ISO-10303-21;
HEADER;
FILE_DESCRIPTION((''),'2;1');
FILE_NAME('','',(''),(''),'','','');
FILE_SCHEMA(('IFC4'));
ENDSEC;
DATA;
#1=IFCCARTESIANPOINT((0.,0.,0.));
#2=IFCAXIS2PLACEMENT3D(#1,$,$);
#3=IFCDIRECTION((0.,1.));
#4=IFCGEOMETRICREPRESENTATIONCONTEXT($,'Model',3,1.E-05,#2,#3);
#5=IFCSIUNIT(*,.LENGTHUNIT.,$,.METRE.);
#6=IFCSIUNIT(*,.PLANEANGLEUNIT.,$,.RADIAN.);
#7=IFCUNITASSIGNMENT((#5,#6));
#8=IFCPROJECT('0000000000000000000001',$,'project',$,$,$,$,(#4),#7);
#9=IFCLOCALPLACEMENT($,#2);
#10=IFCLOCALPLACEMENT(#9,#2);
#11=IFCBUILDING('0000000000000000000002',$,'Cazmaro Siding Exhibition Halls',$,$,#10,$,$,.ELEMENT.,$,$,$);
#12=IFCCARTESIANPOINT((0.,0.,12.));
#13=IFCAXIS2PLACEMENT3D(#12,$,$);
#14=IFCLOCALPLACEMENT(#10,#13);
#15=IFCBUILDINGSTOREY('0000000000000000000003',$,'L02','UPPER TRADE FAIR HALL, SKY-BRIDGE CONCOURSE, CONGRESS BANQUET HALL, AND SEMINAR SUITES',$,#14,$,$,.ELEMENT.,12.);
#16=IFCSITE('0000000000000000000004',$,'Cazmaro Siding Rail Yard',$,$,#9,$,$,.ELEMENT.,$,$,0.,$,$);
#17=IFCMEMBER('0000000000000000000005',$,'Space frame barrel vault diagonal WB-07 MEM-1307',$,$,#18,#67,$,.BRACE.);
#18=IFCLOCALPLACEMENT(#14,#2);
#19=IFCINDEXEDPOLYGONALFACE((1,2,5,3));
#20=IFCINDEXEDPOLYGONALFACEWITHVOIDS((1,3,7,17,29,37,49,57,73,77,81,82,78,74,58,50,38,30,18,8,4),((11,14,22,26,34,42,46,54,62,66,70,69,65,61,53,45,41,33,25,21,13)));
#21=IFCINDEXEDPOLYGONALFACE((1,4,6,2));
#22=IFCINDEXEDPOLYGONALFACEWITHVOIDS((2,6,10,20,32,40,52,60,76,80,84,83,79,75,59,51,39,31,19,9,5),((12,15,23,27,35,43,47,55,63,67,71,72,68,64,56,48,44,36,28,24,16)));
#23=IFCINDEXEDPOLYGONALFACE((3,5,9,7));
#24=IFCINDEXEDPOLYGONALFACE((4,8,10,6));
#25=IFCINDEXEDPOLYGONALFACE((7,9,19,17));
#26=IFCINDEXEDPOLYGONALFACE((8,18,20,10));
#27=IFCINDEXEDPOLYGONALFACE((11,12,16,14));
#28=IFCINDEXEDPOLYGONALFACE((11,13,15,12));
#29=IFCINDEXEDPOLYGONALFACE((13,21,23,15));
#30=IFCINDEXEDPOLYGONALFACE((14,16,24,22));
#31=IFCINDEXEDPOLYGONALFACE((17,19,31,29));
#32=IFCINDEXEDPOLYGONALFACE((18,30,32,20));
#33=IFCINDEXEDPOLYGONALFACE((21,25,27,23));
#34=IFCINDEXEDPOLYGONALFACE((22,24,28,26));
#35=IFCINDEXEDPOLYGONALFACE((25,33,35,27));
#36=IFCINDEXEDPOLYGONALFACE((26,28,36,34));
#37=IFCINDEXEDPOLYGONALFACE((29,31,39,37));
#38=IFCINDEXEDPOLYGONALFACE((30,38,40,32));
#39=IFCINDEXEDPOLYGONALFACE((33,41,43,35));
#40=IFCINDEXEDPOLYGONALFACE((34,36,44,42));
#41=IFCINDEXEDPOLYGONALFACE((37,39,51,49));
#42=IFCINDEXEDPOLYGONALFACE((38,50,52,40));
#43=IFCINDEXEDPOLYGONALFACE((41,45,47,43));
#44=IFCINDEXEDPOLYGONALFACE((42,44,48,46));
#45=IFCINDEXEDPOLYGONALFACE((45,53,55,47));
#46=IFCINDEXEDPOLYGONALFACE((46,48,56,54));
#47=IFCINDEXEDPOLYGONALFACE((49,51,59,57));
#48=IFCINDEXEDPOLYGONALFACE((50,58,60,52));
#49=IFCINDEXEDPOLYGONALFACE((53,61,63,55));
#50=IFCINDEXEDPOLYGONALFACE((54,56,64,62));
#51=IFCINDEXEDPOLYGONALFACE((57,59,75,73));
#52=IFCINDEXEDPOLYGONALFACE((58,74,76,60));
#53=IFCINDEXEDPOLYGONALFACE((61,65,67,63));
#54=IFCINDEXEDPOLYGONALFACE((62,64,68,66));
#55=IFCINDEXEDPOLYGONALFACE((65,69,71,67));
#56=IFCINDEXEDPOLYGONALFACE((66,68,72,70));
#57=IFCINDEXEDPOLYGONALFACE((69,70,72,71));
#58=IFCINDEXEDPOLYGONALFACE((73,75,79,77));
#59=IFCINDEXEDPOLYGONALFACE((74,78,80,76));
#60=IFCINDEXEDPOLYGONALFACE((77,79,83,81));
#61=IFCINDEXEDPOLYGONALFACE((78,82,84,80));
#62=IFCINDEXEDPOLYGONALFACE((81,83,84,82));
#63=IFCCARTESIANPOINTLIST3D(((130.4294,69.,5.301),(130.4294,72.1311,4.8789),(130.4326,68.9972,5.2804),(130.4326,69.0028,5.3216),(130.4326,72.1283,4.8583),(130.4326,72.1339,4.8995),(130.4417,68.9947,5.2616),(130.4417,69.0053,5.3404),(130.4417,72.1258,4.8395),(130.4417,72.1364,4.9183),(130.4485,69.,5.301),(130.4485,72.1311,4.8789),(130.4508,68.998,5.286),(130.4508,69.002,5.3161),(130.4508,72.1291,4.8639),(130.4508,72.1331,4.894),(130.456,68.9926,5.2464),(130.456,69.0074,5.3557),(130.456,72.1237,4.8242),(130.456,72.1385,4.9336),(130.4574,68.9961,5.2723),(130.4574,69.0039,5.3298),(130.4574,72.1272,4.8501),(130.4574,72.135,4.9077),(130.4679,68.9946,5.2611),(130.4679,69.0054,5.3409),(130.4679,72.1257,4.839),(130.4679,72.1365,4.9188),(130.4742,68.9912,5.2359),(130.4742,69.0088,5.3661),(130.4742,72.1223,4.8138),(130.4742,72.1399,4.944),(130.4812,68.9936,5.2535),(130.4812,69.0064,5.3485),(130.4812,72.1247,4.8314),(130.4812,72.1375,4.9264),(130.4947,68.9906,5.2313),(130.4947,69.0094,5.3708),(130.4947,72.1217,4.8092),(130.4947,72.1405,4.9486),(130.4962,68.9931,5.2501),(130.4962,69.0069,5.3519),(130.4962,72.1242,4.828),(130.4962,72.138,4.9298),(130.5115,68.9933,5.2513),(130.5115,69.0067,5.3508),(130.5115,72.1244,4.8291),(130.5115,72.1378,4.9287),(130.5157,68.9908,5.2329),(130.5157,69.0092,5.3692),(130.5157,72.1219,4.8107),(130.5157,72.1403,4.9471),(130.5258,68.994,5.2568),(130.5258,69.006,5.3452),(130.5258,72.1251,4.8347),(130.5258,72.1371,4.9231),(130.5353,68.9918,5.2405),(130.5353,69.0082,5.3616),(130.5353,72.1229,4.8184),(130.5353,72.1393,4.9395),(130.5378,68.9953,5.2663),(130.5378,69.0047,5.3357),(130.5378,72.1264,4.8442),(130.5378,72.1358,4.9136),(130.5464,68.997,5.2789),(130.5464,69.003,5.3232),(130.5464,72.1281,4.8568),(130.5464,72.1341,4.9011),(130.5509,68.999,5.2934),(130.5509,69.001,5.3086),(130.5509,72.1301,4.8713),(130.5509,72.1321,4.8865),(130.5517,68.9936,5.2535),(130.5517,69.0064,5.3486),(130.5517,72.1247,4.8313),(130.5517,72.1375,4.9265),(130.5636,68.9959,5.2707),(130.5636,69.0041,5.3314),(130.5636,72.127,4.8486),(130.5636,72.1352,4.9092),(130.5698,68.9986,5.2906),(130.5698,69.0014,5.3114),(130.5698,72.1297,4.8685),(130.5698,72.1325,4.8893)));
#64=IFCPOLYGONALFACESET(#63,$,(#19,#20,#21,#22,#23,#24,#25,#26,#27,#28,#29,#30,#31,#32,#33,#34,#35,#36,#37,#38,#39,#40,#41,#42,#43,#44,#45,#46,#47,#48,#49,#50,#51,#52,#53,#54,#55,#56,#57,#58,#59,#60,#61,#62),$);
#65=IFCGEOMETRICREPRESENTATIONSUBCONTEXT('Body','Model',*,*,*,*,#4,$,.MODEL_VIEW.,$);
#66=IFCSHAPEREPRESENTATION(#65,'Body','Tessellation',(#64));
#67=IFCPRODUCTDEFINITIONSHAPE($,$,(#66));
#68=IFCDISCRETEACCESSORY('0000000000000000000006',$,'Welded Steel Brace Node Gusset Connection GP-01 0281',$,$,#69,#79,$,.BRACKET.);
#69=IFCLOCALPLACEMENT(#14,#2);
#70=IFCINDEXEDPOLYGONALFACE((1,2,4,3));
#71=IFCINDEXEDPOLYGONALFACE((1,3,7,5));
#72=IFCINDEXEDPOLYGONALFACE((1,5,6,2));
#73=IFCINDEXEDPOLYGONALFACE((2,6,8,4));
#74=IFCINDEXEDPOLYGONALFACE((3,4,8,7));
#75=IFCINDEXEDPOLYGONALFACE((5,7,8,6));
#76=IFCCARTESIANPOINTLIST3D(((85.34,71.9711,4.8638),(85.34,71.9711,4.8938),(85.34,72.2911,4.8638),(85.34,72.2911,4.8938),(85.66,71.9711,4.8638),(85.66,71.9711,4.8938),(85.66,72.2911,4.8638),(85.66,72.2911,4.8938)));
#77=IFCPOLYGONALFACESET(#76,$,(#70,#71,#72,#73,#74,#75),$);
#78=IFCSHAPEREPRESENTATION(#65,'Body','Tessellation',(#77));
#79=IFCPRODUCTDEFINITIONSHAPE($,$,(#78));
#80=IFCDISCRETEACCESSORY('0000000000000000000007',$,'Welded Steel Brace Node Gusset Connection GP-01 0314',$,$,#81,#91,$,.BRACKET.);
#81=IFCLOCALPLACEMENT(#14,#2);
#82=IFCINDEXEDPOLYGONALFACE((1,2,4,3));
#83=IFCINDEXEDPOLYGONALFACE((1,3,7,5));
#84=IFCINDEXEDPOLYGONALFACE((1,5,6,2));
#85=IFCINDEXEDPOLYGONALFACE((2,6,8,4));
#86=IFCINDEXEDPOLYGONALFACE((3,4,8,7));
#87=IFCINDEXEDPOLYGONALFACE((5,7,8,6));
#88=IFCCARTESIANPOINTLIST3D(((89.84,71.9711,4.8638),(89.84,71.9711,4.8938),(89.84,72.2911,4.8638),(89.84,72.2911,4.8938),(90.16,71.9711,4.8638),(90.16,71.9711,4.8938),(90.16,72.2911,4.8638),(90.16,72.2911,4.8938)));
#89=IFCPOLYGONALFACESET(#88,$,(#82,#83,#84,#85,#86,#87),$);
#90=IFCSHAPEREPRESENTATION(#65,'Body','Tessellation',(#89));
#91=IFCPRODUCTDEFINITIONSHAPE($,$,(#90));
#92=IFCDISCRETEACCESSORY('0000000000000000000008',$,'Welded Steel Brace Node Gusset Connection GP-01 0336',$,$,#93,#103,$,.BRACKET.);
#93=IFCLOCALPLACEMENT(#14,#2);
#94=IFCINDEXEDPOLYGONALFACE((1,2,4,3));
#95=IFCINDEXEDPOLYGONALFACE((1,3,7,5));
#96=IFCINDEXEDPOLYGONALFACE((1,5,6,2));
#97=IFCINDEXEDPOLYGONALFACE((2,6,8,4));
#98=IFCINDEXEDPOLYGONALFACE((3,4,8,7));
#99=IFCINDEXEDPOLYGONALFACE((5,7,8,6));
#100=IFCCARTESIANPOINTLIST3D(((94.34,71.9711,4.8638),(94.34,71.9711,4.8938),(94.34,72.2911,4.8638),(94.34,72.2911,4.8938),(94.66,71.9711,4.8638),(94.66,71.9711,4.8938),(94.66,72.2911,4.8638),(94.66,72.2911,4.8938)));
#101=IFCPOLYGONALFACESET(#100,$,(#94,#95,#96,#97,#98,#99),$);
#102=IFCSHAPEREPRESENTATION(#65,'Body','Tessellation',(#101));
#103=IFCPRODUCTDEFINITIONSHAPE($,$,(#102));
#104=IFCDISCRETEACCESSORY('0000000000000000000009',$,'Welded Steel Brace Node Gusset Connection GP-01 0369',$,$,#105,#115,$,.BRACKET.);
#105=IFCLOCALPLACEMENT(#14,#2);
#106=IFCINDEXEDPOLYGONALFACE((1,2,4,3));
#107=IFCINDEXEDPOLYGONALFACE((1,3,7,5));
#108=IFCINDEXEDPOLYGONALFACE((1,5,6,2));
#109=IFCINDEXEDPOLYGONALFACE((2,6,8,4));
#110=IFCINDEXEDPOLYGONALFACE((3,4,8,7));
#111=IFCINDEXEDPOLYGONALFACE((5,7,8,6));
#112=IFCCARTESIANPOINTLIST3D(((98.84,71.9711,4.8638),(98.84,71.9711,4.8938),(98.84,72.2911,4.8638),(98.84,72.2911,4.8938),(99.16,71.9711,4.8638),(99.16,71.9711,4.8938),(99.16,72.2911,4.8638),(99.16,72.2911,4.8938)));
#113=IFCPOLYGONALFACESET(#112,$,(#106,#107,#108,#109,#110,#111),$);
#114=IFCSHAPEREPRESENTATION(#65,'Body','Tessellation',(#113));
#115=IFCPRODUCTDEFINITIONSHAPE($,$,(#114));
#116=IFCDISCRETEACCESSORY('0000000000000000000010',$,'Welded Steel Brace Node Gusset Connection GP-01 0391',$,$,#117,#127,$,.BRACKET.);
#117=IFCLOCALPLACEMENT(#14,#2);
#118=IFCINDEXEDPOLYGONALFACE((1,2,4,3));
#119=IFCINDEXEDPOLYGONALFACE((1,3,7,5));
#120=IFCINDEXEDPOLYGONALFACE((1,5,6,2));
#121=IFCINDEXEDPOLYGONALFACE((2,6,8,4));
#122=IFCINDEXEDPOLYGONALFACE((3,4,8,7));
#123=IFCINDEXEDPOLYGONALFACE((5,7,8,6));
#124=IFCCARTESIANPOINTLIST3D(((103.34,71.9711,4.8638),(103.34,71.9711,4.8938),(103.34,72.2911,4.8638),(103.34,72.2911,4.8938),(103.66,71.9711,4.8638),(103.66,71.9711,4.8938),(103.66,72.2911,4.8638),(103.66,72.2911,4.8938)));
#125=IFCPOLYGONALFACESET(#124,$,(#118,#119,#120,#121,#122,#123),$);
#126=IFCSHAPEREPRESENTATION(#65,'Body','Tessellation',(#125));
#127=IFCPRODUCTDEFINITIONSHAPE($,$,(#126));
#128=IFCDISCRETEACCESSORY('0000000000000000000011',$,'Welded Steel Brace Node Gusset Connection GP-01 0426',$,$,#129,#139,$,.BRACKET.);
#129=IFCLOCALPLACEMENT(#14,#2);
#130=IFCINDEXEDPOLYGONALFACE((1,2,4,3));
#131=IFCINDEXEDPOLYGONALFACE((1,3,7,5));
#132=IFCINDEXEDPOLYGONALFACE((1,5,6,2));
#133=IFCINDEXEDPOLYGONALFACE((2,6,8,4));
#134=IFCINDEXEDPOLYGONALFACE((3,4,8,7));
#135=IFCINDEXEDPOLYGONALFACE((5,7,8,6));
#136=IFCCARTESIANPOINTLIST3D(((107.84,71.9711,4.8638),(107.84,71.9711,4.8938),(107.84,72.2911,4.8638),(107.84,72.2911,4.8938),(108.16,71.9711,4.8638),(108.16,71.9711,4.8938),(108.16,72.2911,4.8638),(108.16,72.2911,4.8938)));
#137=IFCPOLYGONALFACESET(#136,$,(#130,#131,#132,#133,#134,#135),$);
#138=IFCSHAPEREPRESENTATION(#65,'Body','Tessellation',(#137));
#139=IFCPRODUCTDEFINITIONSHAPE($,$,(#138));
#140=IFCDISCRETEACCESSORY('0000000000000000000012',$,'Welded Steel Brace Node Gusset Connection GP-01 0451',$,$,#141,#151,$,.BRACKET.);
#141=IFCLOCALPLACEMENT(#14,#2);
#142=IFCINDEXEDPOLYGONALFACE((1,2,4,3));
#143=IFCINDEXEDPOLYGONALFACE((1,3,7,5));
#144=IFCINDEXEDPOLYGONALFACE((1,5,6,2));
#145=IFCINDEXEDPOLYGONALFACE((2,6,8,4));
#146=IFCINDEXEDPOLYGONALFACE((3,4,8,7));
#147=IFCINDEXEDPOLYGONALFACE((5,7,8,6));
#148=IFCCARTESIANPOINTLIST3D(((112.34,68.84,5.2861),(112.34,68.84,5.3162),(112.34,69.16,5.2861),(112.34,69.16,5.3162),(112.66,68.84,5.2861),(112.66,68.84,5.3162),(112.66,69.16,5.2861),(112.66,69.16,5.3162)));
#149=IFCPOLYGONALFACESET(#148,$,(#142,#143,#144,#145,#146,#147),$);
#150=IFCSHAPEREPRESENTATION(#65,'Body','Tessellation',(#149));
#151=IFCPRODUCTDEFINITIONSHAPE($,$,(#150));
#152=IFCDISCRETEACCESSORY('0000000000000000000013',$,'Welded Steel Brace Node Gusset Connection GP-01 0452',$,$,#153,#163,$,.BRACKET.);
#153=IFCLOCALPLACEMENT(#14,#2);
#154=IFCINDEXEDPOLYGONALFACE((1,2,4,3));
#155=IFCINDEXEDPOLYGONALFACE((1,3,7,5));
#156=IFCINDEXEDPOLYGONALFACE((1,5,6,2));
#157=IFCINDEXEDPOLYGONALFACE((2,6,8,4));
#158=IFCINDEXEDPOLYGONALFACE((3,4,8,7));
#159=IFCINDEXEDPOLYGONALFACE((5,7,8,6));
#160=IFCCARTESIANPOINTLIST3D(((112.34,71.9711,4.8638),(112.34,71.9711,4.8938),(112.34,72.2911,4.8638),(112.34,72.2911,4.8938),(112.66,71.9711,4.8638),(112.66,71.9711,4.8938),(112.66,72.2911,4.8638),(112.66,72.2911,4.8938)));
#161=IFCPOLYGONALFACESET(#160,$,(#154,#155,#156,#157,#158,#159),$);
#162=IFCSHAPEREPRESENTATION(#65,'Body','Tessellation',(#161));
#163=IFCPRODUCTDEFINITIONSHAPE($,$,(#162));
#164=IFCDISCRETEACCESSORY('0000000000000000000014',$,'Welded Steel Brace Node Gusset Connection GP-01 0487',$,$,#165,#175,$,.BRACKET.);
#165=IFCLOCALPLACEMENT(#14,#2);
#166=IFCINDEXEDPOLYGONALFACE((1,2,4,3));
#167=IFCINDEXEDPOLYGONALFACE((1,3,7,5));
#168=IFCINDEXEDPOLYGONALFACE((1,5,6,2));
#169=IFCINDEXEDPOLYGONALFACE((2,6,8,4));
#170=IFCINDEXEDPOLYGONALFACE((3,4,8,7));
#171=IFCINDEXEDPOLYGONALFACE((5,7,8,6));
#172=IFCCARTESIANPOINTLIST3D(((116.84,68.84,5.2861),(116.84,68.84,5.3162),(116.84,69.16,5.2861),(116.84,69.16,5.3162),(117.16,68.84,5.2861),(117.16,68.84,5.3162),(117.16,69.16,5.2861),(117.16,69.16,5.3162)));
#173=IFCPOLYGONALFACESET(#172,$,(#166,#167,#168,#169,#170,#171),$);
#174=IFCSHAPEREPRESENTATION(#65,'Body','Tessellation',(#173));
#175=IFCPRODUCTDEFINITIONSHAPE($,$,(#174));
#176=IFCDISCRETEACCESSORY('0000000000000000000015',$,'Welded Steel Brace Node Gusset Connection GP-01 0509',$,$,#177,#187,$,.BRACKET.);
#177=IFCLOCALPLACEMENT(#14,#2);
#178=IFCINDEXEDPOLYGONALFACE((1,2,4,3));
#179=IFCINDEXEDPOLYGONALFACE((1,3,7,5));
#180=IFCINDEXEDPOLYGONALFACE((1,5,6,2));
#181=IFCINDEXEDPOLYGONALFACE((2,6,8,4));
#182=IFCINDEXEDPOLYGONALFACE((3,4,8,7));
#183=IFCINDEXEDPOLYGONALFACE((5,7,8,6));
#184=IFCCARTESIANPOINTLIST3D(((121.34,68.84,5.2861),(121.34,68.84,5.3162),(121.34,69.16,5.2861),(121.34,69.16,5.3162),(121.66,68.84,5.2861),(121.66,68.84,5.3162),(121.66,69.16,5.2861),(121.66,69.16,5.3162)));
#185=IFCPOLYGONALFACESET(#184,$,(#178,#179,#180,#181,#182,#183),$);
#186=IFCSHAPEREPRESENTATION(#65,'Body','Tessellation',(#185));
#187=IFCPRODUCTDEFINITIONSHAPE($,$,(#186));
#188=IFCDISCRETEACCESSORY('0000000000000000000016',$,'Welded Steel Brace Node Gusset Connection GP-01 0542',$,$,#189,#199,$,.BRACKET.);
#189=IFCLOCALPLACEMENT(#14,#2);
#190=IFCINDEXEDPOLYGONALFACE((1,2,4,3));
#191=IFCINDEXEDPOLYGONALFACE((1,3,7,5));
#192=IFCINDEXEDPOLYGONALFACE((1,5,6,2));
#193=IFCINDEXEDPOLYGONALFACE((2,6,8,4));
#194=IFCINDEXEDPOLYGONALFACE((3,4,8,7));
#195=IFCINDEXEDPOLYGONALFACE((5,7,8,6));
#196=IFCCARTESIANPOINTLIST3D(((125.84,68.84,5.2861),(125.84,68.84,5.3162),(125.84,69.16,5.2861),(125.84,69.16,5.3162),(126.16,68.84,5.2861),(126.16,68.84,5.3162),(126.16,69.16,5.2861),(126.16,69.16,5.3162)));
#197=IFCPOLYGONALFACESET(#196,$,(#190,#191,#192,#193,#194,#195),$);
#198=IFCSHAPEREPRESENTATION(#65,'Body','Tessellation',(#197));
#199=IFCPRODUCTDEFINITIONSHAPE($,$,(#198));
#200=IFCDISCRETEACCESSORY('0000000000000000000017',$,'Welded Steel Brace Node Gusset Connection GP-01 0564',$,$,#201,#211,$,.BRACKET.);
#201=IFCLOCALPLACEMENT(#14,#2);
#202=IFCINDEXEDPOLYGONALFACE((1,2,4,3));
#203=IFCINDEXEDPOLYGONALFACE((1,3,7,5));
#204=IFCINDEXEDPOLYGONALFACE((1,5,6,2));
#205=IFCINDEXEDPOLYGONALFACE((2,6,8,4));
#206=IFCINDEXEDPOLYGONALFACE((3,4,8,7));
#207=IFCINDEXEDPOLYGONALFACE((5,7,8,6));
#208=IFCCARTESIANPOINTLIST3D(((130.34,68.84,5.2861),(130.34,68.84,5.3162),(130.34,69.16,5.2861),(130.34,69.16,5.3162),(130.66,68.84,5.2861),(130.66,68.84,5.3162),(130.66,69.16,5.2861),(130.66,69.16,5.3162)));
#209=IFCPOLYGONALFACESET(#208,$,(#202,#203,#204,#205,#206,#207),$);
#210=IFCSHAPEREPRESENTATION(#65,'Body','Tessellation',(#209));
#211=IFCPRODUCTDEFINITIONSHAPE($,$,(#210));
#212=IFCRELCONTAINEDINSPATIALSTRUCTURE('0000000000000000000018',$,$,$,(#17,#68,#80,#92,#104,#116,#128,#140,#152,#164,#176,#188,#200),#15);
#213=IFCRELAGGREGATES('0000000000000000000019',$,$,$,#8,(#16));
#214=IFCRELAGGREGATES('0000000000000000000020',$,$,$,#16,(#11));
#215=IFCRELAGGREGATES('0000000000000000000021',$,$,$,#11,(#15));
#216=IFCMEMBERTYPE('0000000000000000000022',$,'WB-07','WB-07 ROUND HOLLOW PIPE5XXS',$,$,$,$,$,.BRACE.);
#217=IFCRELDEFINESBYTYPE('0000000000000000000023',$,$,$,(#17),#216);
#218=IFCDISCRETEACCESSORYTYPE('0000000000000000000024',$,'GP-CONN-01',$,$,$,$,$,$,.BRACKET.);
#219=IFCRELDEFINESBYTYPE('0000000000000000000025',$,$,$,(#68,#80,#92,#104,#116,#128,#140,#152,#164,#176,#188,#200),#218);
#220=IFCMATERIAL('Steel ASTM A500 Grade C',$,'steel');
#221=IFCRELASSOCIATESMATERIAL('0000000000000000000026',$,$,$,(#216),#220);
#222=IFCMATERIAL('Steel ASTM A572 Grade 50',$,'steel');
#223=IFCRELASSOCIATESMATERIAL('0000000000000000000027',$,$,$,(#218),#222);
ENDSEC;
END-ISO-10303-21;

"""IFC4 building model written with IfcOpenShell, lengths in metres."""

from ifc_helpers import new_model, si_unit, direction, frame, origin, origin_2d, place, context, subcontext, project, spatial, rectangle, hollow_circle, extrude, material, material_profile, profile_set, type_object, element, save


model = new_model("IFC4")

# Units and contexts
model_context = context("Model", 3, precision=1e-05, world=origin(), true_north=direction((0.0, 1.0)))
body_context = subcontext(model_context, "Body", "Model", "MODEL_VIEW")
ifc_project = project(units=[si_unit("LENGTHUNIT", "METRE"), si_unit("PLANEANGLEUNIT", "RADIAN")], contexts=[model_context])

# Site, building, storey
site_placement = place(None, origin())
site = spatial("IfcSite", under=ifc_project, at=site_placement, Name="Cazmaro Siding Rail Yard", CompositionType="ELEMENT", RefElevation=0.0)
building_placement = place(site_placement, origin())
building = spatial("IfcBuilding", under=site, at=building_placement, Name="Cazmaro Siding Exhibition Halls", CompositionType="ELEMENT")
storey_placement = place(building_placement, frame((0.0, 0.0, 12.0)))
storey = spatial("IfcBuildingStorey", under=building, at=storey_placement, Name="L02", Description="UPPER TRADE FAIR HALL, SKY-BRIDGE CONCOURSE, CONGRESS BANQUET HALL, AND SEMINAR SUITES", CompositionType="ELEMENT", Elevation=12.0)

# Member
ifc_material_1 = material(Name="Steel ASTM A500 Grade C", Category="steel")
ifc_material_profile_1 = material_profile(ifc_material_1, hollow_circle(Radius=0.0706, WallThickness=0.019, at=origin_2d()), Name="PIPE5XXS")
ifc_profile_set_1 = profile_set([ifc_material_profile_1], Name="Steel ASTM A500 Grade C")
member_type_1 = type_object("IfcMemberType", Name="WB-07", Description="WB-07 ROUND HOLLOW PIPE5XXS", PredefinedType="BRACE", material=ifc_profile_set_1)
for number, where, z_axis, x_axis, name in (
    (1, (130.5, 69.0, 5.301), (0.0, 0.991035, -0.133606), (-1.0, 0.0, 0.0), "Space frame barrel vault diagonal WB-07 MEM-1307"),
):
    element("IfcMember", number, at=place(storey_placement, frame(where, z_axis=z_axis, x_axis=x_axis)), inside=storey, type_object=member_type_1, Name=name, PredefinedType="BRACE", context=body_context, shape_type="SweptSolid", body=[
        extrude(hollow_circle(Radius=0.0706, WallThickness=0.019, at=origin_2d()), origin(), (0.0, 0.0, 1.0), 3.1594),
    ])

# Discrete accessories
ifc_material_2 = material(Name="Steel ASTM A572 Grade 50", Category="steel")
discrete_accessory_type = type_object("IfcDiscreteAccessoryType", Name="GP-CONN-01", PredefinedType="BRACKET", material=ifc_material_2)
for number, where, z_axis, x_axis, name in (
    (2, (85.5, 72.1311, 4.8638), (0.0, 0.0, 1.0), (1.0, 0.0, 0.0), "Welded Steel Brace Node Gusset Connection GP-01 0281"),
    (3, (90.0, 72.1311, 4.8638), (0.0, 0.0, 1.0), (1.0, 0.0, 0.0), "Welded Steel Brace Node Gusset Connection GP-01 0314"),
    (4, (94.5, 72.1311, 4.8638), (0.0, 0.0, 1.0), (1.0, 0.0, 0.0), "Welded Steel Brace Node Gusset Connection GP-01 0336"),
    (5, (99.0, 72.1311, 4.8638), (0.0, 0.0, 1.0), (1.0, 0.0, 0.0), "Welded Steel Brace Node Gusset Connection GP-01 0369"),
    (6, (103.5, 72.1311, 4.8638), (0.0, 0.0, 1.0), (1.0, 0.0, 0.0), "Welded Steel Brace Node Gusset Connection GP-01 0391"),
    (7, (108.0, 72.1311, 4.8638), (0.0, 0.0, 1.0), (1.0, 0.0, 0.0), "Welded Steel Brace Node Gusset Connection GP-01 0426"),
    (8, (112.5, 69.0, 5.2861), (0.0, 0.0, 1.0), (1.0, 0.0, 0.0), "Welded Steel Brace Node Gusset Connection GP-01 0451"),
    (9, (112.5, 72.1311, 4.8638), (0.0, 0.0, 1.0), (1.0, 0.0, 0.0), "Welded Steel Brace Node Gusset Connection GP-01 0452"),
    (10, (117.0, 69.0, 5.2861), (0.0, 0.0, 1.0), (1.0, 0.0, 0.0), "Welded Steel Brace Node Gusset Connection GP-01 0487"),
    (11, (121.5, 69.0, 5.2861), (0.0, 0.0, 1.0), (1.0, 0.0, 0.0), "Welded Steel Brace Node Gusset Connection GP-01 0509"),
    (12, (126.0, 69.0, 5.2861), (0.0, 0.0, 1.0), (1.0, 0.0, 0.0), "Welded Steel Brace Node Gusset Connection GP-01 0542"),
    (13, (130.5, 69.0, 5.2861), (0.0, 0.0, 1.0), (1.0, 0.0, 0.0), "Welded Steel Brace Node Gusset Connection GP-01 0564"),
):
    element("IfcDiscreteAccessory", number, at=place(storey_placement, frame(where, z_axis=z_axis, x_axis=x_axis)), inside=storey, type_object=discrete_accessory_type, Name=name, PredefinedType="BRACKET", context=body_context, shape_type="SweptSolid", body=[
        extrude(rectangle(XDim=0.3201, YDim=0.3201, at=origin_2d()), origin(), (0.0, 0.0, 1.0), 0.03),
    ])

save(model, "model.ifc")
